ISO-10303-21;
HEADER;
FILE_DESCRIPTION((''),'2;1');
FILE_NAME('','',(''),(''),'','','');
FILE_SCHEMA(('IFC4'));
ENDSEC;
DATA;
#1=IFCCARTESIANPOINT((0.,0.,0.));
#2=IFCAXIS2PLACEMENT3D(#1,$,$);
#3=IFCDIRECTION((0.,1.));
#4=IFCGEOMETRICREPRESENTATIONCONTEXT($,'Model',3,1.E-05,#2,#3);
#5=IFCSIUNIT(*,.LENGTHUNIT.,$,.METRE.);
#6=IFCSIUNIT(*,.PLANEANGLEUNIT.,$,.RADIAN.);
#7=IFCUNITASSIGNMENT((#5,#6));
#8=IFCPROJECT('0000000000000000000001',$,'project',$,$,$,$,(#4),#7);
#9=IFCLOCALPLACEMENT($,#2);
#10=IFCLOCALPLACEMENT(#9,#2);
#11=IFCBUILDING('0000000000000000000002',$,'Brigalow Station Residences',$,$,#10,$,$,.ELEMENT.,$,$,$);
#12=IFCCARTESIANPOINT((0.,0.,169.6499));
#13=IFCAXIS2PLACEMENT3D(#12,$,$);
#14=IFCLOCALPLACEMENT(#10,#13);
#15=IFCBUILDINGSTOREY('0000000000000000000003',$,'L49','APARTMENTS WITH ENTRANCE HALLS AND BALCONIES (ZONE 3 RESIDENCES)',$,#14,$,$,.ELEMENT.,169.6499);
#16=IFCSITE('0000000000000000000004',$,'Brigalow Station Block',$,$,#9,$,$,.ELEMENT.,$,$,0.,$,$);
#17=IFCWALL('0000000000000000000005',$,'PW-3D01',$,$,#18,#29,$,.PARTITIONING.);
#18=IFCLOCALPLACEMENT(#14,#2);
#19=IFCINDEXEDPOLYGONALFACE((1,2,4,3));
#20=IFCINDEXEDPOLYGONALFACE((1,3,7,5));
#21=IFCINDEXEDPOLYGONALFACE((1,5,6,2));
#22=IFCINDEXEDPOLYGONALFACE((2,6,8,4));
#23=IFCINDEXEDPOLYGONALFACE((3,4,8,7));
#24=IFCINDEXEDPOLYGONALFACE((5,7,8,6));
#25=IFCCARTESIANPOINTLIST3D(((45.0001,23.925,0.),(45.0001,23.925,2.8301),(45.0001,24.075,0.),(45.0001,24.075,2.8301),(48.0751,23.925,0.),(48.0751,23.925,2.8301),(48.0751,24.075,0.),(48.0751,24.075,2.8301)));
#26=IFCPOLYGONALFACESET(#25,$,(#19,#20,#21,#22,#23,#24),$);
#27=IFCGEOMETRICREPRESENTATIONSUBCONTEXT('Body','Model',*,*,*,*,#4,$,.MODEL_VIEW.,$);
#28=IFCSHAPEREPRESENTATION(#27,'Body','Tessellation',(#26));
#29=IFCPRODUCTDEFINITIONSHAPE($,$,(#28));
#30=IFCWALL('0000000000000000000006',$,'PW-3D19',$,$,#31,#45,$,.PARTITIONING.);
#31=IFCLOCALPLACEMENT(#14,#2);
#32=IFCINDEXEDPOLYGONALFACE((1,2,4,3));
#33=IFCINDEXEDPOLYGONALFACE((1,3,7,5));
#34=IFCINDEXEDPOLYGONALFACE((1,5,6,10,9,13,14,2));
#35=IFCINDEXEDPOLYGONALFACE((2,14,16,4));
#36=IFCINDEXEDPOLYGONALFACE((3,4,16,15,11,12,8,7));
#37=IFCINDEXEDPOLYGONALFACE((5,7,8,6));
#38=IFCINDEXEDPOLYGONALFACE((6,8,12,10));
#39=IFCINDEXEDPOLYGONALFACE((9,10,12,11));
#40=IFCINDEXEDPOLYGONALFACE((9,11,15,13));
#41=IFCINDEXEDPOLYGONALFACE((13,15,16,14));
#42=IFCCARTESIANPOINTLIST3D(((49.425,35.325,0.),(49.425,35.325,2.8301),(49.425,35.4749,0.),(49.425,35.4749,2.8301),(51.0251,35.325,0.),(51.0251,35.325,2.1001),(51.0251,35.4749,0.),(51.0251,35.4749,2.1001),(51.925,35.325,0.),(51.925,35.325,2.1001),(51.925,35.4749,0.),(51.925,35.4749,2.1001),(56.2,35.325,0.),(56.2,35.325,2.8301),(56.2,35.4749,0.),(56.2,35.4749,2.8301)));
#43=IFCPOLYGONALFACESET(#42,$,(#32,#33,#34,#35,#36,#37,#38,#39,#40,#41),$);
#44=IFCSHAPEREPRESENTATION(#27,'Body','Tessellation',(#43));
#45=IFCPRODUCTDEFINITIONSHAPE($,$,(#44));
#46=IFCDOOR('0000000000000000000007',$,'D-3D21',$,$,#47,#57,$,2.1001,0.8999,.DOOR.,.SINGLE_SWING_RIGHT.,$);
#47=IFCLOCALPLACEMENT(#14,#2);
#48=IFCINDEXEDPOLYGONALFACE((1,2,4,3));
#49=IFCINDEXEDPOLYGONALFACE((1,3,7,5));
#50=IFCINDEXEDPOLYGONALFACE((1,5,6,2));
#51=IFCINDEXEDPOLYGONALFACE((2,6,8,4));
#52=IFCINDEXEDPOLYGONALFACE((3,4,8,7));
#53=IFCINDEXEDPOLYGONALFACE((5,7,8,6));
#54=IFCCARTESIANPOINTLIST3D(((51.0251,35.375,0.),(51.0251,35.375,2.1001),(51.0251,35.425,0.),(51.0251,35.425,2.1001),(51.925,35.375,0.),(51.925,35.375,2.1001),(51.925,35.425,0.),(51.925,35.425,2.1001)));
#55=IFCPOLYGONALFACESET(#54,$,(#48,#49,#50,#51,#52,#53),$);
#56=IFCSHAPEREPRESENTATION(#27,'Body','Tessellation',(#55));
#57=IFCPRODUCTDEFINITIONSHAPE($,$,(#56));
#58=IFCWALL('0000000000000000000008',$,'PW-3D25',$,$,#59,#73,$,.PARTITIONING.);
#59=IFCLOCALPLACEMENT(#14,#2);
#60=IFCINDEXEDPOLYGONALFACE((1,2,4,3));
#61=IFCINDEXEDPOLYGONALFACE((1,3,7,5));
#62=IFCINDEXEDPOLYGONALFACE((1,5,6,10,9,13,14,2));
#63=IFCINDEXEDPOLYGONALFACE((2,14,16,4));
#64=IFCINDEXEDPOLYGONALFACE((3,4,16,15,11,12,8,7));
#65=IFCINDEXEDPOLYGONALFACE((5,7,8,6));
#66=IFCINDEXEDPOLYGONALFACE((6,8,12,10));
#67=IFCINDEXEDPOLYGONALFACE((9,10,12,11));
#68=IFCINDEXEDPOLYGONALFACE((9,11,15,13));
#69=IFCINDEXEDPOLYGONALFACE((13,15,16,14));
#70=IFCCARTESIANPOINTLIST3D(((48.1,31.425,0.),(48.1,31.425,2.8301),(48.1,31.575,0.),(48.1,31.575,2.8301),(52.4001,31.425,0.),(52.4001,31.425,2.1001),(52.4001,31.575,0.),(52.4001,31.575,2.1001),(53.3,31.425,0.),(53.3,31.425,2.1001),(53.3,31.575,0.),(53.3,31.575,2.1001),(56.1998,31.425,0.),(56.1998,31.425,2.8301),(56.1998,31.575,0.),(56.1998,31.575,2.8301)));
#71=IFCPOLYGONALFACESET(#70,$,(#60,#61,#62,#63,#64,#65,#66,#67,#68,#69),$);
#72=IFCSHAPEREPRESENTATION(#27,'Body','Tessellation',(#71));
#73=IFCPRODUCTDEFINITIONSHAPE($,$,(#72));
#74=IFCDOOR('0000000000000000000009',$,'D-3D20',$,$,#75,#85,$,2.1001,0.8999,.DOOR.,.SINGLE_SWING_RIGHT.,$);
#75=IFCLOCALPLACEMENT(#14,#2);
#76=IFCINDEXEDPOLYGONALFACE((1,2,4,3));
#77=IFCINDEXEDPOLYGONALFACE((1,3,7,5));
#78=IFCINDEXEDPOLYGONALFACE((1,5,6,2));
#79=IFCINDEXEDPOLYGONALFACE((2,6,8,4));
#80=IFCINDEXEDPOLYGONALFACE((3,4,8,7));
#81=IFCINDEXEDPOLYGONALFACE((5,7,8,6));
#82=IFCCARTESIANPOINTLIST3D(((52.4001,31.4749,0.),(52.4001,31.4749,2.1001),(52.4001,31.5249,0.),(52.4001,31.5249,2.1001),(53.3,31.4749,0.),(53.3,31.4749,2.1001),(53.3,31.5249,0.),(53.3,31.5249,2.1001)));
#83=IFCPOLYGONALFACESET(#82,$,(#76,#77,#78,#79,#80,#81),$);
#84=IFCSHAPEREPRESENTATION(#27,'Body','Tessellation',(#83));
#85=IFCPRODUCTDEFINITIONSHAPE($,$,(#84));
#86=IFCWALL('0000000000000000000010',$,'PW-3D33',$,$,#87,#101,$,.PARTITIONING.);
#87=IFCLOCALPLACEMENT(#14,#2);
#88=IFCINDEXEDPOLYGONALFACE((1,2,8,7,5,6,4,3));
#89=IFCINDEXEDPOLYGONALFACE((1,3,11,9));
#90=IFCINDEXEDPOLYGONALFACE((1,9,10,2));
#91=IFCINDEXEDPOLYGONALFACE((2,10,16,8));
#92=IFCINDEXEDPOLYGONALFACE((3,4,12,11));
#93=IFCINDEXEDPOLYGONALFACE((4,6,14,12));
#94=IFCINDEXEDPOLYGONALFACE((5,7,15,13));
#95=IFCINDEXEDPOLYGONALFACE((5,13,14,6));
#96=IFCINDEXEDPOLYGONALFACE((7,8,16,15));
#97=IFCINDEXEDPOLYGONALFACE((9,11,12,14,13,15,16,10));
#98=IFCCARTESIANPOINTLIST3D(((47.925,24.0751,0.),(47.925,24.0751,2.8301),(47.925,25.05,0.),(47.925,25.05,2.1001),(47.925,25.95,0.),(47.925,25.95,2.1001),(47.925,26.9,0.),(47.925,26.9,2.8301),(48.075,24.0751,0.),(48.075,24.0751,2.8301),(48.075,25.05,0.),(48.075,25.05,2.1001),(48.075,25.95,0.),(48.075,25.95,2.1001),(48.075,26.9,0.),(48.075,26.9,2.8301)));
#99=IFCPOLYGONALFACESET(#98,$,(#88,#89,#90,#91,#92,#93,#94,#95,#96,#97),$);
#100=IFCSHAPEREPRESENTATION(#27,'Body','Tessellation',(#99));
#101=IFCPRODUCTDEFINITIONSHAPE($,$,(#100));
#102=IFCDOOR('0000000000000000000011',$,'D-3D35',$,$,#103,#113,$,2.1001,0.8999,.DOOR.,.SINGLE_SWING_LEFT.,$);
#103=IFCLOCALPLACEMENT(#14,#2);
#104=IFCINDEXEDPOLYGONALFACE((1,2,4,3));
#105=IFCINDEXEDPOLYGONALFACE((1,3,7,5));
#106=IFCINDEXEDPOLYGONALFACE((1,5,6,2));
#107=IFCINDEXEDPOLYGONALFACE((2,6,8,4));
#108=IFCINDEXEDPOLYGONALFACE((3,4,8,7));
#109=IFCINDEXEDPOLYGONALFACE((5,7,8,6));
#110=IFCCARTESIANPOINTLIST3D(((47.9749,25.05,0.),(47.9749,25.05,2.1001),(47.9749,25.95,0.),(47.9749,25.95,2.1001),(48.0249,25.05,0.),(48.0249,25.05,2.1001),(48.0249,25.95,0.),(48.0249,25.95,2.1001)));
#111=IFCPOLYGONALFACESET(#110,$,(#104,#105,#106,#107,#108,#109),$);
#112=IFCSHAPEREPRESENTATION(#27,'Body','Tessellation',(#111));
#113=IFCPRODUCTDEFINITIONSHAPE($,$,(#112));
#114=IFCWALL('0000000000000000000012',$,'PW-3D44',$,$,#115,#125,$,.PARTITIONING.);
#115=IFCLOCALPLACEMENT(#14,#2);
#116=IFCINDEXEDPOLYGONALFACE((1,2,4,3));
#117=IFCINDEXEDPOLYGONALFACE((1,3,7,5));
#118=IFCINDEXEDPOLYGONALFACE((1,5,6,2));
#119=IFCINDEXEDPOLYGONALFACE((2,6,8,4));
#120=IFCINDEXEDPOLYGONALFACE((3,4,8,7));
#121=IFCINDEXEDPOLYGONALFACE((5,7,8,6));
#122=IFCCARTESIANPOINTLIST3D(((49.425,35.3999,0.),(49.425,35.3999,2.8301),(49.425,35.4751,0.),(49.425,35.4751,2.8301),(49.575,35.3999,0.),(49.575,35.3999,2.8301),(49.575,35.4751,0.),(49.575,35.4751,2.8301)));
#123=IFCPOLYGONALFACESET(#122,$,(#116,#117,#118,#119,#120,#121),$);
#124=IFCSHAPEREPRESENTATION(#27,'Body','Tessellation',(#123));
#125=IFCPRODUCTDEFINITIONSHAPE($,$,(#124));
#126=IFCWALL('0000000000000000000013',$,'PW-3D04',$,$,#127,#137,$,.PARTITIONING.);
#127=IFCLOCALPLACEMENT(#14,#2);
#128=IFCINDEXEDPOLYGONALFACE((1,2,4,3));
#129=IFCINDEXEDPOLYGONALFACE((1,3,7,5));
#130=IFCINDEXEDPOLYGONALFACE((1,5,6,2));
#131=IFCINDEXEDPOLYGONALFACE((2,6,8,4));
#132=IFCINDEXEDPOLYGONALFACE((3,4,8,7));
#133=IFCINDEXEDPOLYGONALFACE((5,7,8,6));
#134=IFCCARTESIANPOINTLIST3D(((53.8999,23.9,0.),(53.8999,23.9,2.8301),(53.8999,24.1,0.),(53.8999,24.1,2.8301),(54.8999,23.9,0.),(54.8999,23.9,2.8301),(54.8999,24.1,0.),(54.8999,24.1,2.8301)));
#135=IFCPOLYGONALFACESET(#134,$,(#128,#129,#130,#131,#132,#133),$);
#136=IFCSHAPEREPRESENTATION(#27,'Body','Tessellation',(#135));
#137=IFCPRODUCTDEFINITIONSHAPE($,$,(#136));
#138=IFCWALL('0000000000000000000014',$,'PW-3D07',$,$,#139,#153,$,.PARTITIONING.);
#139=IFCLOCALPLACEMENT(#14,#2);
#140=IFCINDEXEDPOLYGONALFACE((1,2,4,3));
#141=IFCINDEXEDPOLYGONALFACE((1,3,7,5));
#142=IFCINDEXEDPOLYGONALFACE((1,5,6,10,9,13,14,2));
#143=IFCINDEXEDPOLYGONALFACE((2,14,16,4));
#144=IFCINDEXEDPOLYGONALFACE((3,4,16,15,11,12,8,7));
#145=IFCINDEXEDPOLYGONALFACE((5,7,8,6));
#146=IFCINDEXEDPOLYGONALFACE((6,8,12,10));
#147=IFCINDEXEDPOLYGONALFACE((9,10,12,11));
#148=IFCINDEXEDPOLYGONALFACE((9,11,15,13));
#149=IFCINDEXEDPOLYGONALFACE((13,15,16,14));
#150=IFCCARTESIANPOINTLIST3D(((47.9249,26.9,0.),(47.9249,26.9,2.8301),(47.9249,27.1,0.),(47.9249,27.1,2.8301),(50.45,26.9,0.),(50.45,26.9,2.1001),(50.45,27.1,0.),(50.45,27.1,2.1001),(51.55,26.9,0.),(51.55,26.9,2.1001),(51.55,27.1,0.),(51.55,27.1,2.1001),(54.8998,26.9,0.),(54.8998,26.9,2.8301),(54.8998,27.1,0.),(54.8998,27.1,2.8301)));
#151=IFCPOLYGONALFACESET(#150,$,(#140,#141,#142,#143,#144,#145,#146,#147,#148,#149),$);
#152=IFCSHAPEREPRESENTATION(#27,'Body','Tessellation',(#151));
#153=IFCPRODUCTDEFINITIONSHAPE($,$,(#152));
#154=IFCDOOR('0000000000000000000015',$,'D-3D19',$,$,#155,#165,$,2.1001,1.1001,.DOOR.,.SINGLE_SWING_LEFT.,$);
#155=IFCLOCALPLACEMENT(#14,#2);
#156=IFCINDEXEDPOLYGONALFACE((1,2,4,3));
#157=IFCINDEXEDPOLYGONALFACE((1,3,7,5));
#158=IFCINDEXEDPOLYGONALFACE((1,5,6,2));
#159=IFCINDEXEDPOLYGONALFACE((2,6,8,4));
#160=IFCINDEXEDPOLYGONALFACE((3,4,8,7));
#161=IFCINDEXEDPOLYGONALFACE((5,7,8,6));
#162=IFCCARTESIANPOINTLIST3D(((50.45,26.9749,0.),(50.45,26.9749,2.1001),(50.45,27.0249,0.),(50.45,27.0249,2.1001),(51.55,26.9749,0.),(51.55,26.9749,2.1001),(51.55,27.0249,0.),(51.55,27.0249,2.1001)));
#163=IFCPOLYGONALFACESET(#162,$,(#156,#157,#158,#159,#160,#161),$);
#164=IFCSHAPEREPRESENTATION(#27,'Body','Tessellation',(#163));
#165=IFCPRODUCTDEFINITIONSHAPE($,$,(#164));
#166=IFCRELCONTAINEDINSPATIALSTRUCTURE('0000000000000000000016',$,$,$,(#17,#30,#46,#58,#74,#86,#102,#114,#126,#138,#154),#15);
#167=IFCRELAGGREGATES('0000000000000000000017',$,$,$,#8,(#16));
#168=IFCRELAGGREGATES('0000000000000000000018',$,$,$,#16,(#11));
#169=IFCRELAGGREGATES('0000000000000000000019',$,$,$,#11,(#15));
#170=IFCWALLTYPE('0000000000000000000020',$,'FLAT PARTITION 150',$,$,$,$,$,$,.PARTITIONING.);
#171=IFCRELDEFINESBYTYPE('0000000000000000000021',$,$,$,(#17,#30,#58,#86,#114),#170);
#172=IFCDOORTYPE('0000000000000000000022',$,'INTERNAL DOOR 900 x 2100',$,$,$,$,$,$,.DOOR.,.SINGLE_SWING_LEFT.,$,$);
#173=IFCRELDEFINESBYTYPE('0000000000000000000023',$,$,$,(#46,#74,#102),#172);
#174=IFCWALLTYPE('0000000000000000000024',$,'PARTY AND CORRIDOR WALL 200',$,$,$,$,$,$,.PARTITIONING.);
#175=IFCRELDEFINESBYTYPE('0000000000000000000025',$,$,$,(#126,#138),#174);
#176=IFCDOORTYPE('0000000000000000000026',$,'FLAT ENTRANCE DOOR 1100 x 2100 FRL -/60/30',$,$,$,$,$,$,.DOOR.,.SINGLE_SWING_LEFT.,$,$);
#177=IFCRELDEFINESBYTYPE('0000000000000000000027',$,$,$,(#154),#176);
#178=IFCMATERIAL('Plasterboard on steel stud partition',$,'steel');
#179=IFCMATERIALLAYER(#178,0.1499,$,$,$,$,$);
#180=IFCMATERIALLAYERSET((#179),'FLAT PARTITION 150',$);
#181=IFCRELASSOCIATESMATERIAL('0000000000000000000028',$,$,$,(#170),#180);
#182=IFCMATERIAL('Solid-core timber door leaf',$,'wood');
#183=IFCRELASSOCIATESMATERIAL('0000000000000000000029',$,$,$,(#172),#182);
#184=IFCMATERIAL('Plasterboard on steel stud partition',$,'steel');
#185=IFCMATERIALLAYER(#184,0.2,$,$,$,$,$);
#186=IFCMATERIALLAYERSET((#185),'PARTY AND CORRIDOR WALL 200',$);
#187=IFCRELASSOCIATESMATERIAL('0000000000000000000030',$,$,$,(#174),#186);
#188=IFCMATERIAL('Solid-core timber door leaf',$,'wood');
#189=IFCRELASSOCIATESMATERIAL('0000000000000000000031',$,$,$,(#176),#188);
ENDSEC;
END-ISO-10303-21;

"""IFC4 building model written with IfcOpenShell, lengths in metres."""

from ifc_helpers import new_model, si_unit, direction, frame, frame_2d, origin, place, context, subcontext, project, spatial, rectangle, extrude, material, layer, layer_set, type_object, element, fill, save


model = new_model("IFC4")

# Units and contexts
model_context = context("Model", 3, precision=1e-05, world=origin(), true_north=direction((0.0, 1.0)))
body_context = subcontext(model_context, "Body", "Model", "MODEL_VIEW")
ifc_project = project(units=[si_unit("LENGTHUNIT", "METRE"), si_unit("PLANEANGLEUNIT", "RADIAN")], contexts=[model_context])

# Site, building, storey
site_placement = place(None, origin())
site = spatial("IfcSite", under=ifc_project, at=site_placement, Name="Brigalow Station Block", CompositionType="ELEMENT", RefElevation=0.0)
building_placement = place(site_placement, origin())
building = spatial("IfcBuilding", under=site, at=building_placement, Name="Brigalow Station Residences", CompositionType="ELEMENT")
storey_placement = place(building_placement, frame((0.0, 0.0, 169.6499)))
storey = spatial("IfcBuildingStorey", under=building, at=storey_placement, Name="L49", Description="APARTMENTS WITH ENTRANCE HALLS AND BALCONIES (ZONE 3 RESIDENCES)", CompositionType="ELEMENT", Elevation=169.6499)

# Wall
ifc_material_1 = material(Name="Plasterboard on steel stud partition", Category="steel")
ifc_layer_1 = layer(ifc_material_1, 0.1499)
ifc_layer_set_1 = layer_set([ifc_layer_1], Name="FLAT PARTITION 150")
wall_type_1 = type_object("IfcWallType", Name="FLAT PARTITION 150", PredefinedType="PARTITIONING", material=ifc_layer_set_1)
wall_1_placement = place(storey_placement, frame((45.0, 24.0, 0.0), z_axis=(0.0, 0.0, 1.0), x_axis=(1.0, 0.0, 0.0)))
element("IfcWall", 1, at=wall_1_placement, inside=storey, type_object=wall_type_1, Name="PW-3D01", PredefinedType="PARTITIONING", context=body_context, shape_type="SweptSolid", body=[
    extrude(rectangle(XDim=3.075, YDim=0.1499, at=frame_2d((1.5376, 0.0))), origin(), (0.0, 0.0, 1.0), 2.8301),
])

# Walls, openings, doors
wall_2_placement = place(storey_placement, frame((49.425, 35.3999, 0.0), z_axis=(0.0, 0.0, 1.0), x_axis=(1.0, 0.0, 0.0)))
wall_2 = element("IfcWall", 2, at=wall_2_placement, inside=storey, type_object=wall_type_1, Name="PW-3D19", PredefinedType="PARTITIONING", context=body_context, shape_type="SweptSolid", body=[
    extrude(rectangle(XDim=6.7749, YDim=0.1499, at=frame_2d((3.3875, 0.0))), origin(), (0.0, 0.0, 1.0), 2.8301),
])
opening_1_placement = place(wall_2_placement, frame((1.6001, 0.0, 0.0)))
opening_1 = element("IfcOpeningElement", 3, at=opening_1_placement, cuts=wall_2, PredefinedType="OPENING", context=body_context, shape_type="SweptSolid", body=[
    extrude(rectangle(XDim=0.8999, YDim=2.1001, at=frame_2d((0.45, 1.05))), frame((0.0, 0.085, 0.0), z_axis=(0.0, -1.0, 0.0), x_axis=(1.0, 0.0, 0.0)), (0.0, 0.0, 1.0), 0.1699),
])
ifc_material_2 = material(Name="Solid-core timber door leaf", Category="wood")
door_type_1 = type_object("IfcDoorType", Name="INTERNAL DOOR 900 x 2100", OperationType="SINGLE_SWING_LEFT", PredefinedType="DOOR", material=ifc_material_2)
door_1_placement = place(opening_1_placement, frame((0.8999, 0.0, 0.0), z_axis=(0.0, 0.0, 1.0), x_axis=(-1.0, 0.0, 0.0)))
door_1 = element("IfcDoor", 4, at=door_1_placement, inside=storey, type_object=door_type_1, Name="D-3D21", OperationType="SINGLE_SWING_RIGHT", OverallHeight=2.1001, OverallWidth=0.8999, PredefinedType="DOOR", context=body_context, shape_type="SweptSolid", body=[
    extrude(rectangle(XDim=0.8999, YDim=2.1001, at=frame_2d((0.45, 1.05))), frame((0.0, 0.0249, 0.0), z_axis=(0.0, -1.0, 0.0), x_axis=(1.0, 0.0, 0.0)), (0.0, 0.0, 1.0), 0.05),
])
fill(opening_1, door_1)
wall_3_placement = place(storey_placement, frame((48.1001, 31.5, 0.0), z_axis=(0.0, 0.0, 1.0), x_axis=(1.0, 0.0, 0.0)))
wall_3 = element("IfcWall", 5, at=wall_3_placement, inside=storey, type_object=wall_type_1, Name="PW-3D25", PredefinedType="PARTITIONING", context=body_context, shape_type="SweptSolid", body=[
    extrude(rectangle(XDim=8.0999, YDim=0.1499, at=frame_2d((4.0498, 0.0))), origin(), (0.0, 0.0, 1.0), 2.8301),
])
opening_2_placement = place(wall_3_placement, frame((4.3, 0.0, 0.0)))
opening_2 = element("IfcOpeningElement", 6, at=opening_2_placement, cuts=wall_3, PredefinedType="OPENING", context=body_context, shape_type="SweptSolid", body=[
    extrude(rectangle(XDim=0.8999, YDim=2.1001, at=frame_2d((0.45, 1.05))), frame((0.0, 0.085, 0.0), z_axis=(0.0, -1.0, 0.0), x_axis=(1.0, 0.0, 0.0)), (0.0, 0.0, 1.0), 0.1699),
])
door_2_placement = place(opening_2_placement, origin())
door_2 = element("IfcDoor", 7, at=door_2_placement, inside=storey, type_object=door_type_1, Name="D-3D20", OperationType="SINGLE_SWING_RIGHT", OverallHeight=2.1001, OverallWidth=0.8999, PredefinedType="DOOR", context=body_context, shape_type="SweptSolid", body=[
    extrude(rectangle(XDim=0.8999, YDim=2.1001, at=frame_2d((0.45, 1.05))), frame((0.0, 0.0249, 0.0), z_axis=(0.0, -1.0, 0.0), x_axis=(1.0, 0.0, 0.0)), (0.0, 0.0, 1.0), 0.05),
])
fill(opening_2, door_2)
wall_4_placement = place(storey_placement, frame((48.0, 24.075, 0.0), z_axis=(0.0, 0.0, 1.0), x_axis=(0.0, 1.0, 0.0)))
wall_4 = element("IfcWall", 8, at=wall_4_placement, inside=storey, type_object=wall_type_1, Name="PW-3D33", PredefinedType="PARTITIONING", context=body_context, shape_type="SweptSolid", body=[
    extrude(rectangle(XDim=2.825, YDim=0.1499, at=frame_2d((1.4126, 0.0))), origin(), (0.0, 0.0, 1.0), 2.8301),
])
opening_3_placement = place(wall_4_placement, frame((0.9751, 0.0, 0.0)))
opening_3 = element("IfcOpeningElement", 9, at=opening_3_placement, cuts=wall_4, PredefinedType="OPENING", context=body_context, shape_type="SweptSolid", body=[
    extrude(rectangle(XDim=0.8999, YDim=2.1001, at=frame_2d((0.45, 1.05))), frame((0.0, 0.085, 0.0), z_axis=(0.0, -1.0, 0.0), x_axis=(1.0, 0.0, 0.0)), (0.0, 0.0, 1.0), 0.1699),
])
door_3_placement = place(opening_3_placement, frame((0.8999, 0.0, 0.0), z_axis=(0.0, 0.0, 1.0), x_axis=(-1.0, 0.0, 0.0)))
door_3 = element("IfcDoor", 10, at=door_3_placement, inside=storey, type_object=door_type_1, Name="D-3D35", OperationType="SINGLE_SWING_LEFT", OverallHeight=2.1001, OverallWidth=0.8999, PredefinedType="DOOR", context=body_context, shape_type="SweptSolid", body=[
    extrude(rectangle(XDim=0.8999, YDim=2.1001, at=frame_2d((0.45, 1.05))), frame((0.0, 0.0249, 0.0), z_axis=(0.0, -1.0, 0.0), x_axis=(1.0, 0.0, 0.0)), (0.0, 0.0, 1.0), 0.05),
])
fill(opening_3, door_3)

# Walls
wall_5_placement = place(storey_placement, frame((49.5, 35.3999, 0.0), z_axis=(0.0, 0.0, 1.0), x_axis=(0.0, 1.0, 0.0)))
element("IfcWall", 11, at=wall_5_placement, inside=storey, type_object=wall_type_1, Name="PW-3D44", PredefinedType="PARTITIONING", context=body_context, shape_type="SweptSolid", body=[
    extrude(rectangle(XDim=0.0752, YDim=0.1499, at=frame_2d((0.0376, 0.0))), origin(), (0.0, 0.0, 1.0), 2.8301),
])
ifc_material_3 = material(Name="Plasterboard on steel stud partition", Category="steel")
ifc_layer_2 = layer(ifc_material_3, 0.2)
ifc_layer_set_2 = layer_set([ifc_layer_2], Name="PARTY AND CORRIDOR WALL 200")
wall_type_2 = type_object("IfcWallType", Name="PARTY AND CORRIDOR WALL 200", PredefinedType="PARTITIONING", material=ifc_layer_set_2)
wall_6_placement = place(storey_placement, frame((53.8999, 24.0, 0.0), z_axis=(0.0, 0.0, 1.0), x_axis=(1.0, 0.0, 0.0)))
element("IfcWall", 12, at=wall_6_placement, inside=storey, type_object=wall_type_2, Name="PW-3D04", PredefinedType="PARTITIONING", context=body_context, shape_type="SweptSolid", body=[
    extrude(rectangle(XDim=1.0, YDim=0.2, at=frame_2d((0.5, 0.0))), origin(), (0.0, 0.0, 1.0), 2.8301),
])

# Wall, opening, door
wall_7_placement = place(storey_placement, frame((47.925, 27.0, 0.0), z_axis=(0.0, 0.0, 1.0), x_axis=(1.0, 0.0, 0.0)))
wall_7 = element("IfcWall", 13, at=wall_7_placement, inside=storey, type_object=wall_type_2, Name="PW-3D07", PredefinedType="PARTITIONING", context=body_context, shape_type="SweptSolid", body=[
    extrude(rectangle(XDim=6.9749, YDim=0.2, at=frame_2d((3.4873, 0.0))), origin(), (0.0, 0.0, 1.0), 2.8301),
])
opening_4_placement = place(wall_7_placement, frame((2.5249, 0.0, 0.0)))
opening_4 = element("IfcOpeningElement", 14, at=opening_4_placement, cuts=wall_7, PredefinedType="OPENING", context=body_context, shape_type="SweptSolid", body=[
    extrude(rectangle(XDim=1.1001, YDim=2.1001, at=frame_2d((0.55, 1.05))), frame((0.0, 0.1099, 0.0), z_axis=(0.0, -1.0, 0.0), x_axis=(1.0, 0.0, 0.0)), (0.0, 0.0, 1.0), 0.22),
])
ifc_material_4 = material(Name="Solid-core timber door leaf", Category="wood")
door_type_2 = type_object("IfcDoorType", Name="FLAT ENTRANCE DOOR 1100 x 2100 FRL -/60/30", OperationType="SINGLE_SWING_LEFT", PredefinedType="DOOR", material=ifc_material_4)
door_4_placement = place(opening_4_placement, origin())
door_4 = element("IfcDoor", 15, at=door_4_placement, inside=storey, type_object=door_type_2, Name="D-3D19", OperationType="SINGLE_SWING_LEFT", OverallHeight=2.1001, OverallWidth=1.1001, PredefinedType="DOOR", context=body_context, shape_type="SweptSolid", body=[
    extrude(rectangle(XDim=1.1001, YDim=2.1001, at=frame_2d((0.55, 1.05))), frame((0.0, 0.0249, 0.0), z_axis=(0.0, -1.0, 0.0), x_axis=(1.0, 0.0, 0.0)), (0.0, 0.0, 1.0), 0.05),
])
fill(opening_4, door_4)

save(model, "model.ifc")
